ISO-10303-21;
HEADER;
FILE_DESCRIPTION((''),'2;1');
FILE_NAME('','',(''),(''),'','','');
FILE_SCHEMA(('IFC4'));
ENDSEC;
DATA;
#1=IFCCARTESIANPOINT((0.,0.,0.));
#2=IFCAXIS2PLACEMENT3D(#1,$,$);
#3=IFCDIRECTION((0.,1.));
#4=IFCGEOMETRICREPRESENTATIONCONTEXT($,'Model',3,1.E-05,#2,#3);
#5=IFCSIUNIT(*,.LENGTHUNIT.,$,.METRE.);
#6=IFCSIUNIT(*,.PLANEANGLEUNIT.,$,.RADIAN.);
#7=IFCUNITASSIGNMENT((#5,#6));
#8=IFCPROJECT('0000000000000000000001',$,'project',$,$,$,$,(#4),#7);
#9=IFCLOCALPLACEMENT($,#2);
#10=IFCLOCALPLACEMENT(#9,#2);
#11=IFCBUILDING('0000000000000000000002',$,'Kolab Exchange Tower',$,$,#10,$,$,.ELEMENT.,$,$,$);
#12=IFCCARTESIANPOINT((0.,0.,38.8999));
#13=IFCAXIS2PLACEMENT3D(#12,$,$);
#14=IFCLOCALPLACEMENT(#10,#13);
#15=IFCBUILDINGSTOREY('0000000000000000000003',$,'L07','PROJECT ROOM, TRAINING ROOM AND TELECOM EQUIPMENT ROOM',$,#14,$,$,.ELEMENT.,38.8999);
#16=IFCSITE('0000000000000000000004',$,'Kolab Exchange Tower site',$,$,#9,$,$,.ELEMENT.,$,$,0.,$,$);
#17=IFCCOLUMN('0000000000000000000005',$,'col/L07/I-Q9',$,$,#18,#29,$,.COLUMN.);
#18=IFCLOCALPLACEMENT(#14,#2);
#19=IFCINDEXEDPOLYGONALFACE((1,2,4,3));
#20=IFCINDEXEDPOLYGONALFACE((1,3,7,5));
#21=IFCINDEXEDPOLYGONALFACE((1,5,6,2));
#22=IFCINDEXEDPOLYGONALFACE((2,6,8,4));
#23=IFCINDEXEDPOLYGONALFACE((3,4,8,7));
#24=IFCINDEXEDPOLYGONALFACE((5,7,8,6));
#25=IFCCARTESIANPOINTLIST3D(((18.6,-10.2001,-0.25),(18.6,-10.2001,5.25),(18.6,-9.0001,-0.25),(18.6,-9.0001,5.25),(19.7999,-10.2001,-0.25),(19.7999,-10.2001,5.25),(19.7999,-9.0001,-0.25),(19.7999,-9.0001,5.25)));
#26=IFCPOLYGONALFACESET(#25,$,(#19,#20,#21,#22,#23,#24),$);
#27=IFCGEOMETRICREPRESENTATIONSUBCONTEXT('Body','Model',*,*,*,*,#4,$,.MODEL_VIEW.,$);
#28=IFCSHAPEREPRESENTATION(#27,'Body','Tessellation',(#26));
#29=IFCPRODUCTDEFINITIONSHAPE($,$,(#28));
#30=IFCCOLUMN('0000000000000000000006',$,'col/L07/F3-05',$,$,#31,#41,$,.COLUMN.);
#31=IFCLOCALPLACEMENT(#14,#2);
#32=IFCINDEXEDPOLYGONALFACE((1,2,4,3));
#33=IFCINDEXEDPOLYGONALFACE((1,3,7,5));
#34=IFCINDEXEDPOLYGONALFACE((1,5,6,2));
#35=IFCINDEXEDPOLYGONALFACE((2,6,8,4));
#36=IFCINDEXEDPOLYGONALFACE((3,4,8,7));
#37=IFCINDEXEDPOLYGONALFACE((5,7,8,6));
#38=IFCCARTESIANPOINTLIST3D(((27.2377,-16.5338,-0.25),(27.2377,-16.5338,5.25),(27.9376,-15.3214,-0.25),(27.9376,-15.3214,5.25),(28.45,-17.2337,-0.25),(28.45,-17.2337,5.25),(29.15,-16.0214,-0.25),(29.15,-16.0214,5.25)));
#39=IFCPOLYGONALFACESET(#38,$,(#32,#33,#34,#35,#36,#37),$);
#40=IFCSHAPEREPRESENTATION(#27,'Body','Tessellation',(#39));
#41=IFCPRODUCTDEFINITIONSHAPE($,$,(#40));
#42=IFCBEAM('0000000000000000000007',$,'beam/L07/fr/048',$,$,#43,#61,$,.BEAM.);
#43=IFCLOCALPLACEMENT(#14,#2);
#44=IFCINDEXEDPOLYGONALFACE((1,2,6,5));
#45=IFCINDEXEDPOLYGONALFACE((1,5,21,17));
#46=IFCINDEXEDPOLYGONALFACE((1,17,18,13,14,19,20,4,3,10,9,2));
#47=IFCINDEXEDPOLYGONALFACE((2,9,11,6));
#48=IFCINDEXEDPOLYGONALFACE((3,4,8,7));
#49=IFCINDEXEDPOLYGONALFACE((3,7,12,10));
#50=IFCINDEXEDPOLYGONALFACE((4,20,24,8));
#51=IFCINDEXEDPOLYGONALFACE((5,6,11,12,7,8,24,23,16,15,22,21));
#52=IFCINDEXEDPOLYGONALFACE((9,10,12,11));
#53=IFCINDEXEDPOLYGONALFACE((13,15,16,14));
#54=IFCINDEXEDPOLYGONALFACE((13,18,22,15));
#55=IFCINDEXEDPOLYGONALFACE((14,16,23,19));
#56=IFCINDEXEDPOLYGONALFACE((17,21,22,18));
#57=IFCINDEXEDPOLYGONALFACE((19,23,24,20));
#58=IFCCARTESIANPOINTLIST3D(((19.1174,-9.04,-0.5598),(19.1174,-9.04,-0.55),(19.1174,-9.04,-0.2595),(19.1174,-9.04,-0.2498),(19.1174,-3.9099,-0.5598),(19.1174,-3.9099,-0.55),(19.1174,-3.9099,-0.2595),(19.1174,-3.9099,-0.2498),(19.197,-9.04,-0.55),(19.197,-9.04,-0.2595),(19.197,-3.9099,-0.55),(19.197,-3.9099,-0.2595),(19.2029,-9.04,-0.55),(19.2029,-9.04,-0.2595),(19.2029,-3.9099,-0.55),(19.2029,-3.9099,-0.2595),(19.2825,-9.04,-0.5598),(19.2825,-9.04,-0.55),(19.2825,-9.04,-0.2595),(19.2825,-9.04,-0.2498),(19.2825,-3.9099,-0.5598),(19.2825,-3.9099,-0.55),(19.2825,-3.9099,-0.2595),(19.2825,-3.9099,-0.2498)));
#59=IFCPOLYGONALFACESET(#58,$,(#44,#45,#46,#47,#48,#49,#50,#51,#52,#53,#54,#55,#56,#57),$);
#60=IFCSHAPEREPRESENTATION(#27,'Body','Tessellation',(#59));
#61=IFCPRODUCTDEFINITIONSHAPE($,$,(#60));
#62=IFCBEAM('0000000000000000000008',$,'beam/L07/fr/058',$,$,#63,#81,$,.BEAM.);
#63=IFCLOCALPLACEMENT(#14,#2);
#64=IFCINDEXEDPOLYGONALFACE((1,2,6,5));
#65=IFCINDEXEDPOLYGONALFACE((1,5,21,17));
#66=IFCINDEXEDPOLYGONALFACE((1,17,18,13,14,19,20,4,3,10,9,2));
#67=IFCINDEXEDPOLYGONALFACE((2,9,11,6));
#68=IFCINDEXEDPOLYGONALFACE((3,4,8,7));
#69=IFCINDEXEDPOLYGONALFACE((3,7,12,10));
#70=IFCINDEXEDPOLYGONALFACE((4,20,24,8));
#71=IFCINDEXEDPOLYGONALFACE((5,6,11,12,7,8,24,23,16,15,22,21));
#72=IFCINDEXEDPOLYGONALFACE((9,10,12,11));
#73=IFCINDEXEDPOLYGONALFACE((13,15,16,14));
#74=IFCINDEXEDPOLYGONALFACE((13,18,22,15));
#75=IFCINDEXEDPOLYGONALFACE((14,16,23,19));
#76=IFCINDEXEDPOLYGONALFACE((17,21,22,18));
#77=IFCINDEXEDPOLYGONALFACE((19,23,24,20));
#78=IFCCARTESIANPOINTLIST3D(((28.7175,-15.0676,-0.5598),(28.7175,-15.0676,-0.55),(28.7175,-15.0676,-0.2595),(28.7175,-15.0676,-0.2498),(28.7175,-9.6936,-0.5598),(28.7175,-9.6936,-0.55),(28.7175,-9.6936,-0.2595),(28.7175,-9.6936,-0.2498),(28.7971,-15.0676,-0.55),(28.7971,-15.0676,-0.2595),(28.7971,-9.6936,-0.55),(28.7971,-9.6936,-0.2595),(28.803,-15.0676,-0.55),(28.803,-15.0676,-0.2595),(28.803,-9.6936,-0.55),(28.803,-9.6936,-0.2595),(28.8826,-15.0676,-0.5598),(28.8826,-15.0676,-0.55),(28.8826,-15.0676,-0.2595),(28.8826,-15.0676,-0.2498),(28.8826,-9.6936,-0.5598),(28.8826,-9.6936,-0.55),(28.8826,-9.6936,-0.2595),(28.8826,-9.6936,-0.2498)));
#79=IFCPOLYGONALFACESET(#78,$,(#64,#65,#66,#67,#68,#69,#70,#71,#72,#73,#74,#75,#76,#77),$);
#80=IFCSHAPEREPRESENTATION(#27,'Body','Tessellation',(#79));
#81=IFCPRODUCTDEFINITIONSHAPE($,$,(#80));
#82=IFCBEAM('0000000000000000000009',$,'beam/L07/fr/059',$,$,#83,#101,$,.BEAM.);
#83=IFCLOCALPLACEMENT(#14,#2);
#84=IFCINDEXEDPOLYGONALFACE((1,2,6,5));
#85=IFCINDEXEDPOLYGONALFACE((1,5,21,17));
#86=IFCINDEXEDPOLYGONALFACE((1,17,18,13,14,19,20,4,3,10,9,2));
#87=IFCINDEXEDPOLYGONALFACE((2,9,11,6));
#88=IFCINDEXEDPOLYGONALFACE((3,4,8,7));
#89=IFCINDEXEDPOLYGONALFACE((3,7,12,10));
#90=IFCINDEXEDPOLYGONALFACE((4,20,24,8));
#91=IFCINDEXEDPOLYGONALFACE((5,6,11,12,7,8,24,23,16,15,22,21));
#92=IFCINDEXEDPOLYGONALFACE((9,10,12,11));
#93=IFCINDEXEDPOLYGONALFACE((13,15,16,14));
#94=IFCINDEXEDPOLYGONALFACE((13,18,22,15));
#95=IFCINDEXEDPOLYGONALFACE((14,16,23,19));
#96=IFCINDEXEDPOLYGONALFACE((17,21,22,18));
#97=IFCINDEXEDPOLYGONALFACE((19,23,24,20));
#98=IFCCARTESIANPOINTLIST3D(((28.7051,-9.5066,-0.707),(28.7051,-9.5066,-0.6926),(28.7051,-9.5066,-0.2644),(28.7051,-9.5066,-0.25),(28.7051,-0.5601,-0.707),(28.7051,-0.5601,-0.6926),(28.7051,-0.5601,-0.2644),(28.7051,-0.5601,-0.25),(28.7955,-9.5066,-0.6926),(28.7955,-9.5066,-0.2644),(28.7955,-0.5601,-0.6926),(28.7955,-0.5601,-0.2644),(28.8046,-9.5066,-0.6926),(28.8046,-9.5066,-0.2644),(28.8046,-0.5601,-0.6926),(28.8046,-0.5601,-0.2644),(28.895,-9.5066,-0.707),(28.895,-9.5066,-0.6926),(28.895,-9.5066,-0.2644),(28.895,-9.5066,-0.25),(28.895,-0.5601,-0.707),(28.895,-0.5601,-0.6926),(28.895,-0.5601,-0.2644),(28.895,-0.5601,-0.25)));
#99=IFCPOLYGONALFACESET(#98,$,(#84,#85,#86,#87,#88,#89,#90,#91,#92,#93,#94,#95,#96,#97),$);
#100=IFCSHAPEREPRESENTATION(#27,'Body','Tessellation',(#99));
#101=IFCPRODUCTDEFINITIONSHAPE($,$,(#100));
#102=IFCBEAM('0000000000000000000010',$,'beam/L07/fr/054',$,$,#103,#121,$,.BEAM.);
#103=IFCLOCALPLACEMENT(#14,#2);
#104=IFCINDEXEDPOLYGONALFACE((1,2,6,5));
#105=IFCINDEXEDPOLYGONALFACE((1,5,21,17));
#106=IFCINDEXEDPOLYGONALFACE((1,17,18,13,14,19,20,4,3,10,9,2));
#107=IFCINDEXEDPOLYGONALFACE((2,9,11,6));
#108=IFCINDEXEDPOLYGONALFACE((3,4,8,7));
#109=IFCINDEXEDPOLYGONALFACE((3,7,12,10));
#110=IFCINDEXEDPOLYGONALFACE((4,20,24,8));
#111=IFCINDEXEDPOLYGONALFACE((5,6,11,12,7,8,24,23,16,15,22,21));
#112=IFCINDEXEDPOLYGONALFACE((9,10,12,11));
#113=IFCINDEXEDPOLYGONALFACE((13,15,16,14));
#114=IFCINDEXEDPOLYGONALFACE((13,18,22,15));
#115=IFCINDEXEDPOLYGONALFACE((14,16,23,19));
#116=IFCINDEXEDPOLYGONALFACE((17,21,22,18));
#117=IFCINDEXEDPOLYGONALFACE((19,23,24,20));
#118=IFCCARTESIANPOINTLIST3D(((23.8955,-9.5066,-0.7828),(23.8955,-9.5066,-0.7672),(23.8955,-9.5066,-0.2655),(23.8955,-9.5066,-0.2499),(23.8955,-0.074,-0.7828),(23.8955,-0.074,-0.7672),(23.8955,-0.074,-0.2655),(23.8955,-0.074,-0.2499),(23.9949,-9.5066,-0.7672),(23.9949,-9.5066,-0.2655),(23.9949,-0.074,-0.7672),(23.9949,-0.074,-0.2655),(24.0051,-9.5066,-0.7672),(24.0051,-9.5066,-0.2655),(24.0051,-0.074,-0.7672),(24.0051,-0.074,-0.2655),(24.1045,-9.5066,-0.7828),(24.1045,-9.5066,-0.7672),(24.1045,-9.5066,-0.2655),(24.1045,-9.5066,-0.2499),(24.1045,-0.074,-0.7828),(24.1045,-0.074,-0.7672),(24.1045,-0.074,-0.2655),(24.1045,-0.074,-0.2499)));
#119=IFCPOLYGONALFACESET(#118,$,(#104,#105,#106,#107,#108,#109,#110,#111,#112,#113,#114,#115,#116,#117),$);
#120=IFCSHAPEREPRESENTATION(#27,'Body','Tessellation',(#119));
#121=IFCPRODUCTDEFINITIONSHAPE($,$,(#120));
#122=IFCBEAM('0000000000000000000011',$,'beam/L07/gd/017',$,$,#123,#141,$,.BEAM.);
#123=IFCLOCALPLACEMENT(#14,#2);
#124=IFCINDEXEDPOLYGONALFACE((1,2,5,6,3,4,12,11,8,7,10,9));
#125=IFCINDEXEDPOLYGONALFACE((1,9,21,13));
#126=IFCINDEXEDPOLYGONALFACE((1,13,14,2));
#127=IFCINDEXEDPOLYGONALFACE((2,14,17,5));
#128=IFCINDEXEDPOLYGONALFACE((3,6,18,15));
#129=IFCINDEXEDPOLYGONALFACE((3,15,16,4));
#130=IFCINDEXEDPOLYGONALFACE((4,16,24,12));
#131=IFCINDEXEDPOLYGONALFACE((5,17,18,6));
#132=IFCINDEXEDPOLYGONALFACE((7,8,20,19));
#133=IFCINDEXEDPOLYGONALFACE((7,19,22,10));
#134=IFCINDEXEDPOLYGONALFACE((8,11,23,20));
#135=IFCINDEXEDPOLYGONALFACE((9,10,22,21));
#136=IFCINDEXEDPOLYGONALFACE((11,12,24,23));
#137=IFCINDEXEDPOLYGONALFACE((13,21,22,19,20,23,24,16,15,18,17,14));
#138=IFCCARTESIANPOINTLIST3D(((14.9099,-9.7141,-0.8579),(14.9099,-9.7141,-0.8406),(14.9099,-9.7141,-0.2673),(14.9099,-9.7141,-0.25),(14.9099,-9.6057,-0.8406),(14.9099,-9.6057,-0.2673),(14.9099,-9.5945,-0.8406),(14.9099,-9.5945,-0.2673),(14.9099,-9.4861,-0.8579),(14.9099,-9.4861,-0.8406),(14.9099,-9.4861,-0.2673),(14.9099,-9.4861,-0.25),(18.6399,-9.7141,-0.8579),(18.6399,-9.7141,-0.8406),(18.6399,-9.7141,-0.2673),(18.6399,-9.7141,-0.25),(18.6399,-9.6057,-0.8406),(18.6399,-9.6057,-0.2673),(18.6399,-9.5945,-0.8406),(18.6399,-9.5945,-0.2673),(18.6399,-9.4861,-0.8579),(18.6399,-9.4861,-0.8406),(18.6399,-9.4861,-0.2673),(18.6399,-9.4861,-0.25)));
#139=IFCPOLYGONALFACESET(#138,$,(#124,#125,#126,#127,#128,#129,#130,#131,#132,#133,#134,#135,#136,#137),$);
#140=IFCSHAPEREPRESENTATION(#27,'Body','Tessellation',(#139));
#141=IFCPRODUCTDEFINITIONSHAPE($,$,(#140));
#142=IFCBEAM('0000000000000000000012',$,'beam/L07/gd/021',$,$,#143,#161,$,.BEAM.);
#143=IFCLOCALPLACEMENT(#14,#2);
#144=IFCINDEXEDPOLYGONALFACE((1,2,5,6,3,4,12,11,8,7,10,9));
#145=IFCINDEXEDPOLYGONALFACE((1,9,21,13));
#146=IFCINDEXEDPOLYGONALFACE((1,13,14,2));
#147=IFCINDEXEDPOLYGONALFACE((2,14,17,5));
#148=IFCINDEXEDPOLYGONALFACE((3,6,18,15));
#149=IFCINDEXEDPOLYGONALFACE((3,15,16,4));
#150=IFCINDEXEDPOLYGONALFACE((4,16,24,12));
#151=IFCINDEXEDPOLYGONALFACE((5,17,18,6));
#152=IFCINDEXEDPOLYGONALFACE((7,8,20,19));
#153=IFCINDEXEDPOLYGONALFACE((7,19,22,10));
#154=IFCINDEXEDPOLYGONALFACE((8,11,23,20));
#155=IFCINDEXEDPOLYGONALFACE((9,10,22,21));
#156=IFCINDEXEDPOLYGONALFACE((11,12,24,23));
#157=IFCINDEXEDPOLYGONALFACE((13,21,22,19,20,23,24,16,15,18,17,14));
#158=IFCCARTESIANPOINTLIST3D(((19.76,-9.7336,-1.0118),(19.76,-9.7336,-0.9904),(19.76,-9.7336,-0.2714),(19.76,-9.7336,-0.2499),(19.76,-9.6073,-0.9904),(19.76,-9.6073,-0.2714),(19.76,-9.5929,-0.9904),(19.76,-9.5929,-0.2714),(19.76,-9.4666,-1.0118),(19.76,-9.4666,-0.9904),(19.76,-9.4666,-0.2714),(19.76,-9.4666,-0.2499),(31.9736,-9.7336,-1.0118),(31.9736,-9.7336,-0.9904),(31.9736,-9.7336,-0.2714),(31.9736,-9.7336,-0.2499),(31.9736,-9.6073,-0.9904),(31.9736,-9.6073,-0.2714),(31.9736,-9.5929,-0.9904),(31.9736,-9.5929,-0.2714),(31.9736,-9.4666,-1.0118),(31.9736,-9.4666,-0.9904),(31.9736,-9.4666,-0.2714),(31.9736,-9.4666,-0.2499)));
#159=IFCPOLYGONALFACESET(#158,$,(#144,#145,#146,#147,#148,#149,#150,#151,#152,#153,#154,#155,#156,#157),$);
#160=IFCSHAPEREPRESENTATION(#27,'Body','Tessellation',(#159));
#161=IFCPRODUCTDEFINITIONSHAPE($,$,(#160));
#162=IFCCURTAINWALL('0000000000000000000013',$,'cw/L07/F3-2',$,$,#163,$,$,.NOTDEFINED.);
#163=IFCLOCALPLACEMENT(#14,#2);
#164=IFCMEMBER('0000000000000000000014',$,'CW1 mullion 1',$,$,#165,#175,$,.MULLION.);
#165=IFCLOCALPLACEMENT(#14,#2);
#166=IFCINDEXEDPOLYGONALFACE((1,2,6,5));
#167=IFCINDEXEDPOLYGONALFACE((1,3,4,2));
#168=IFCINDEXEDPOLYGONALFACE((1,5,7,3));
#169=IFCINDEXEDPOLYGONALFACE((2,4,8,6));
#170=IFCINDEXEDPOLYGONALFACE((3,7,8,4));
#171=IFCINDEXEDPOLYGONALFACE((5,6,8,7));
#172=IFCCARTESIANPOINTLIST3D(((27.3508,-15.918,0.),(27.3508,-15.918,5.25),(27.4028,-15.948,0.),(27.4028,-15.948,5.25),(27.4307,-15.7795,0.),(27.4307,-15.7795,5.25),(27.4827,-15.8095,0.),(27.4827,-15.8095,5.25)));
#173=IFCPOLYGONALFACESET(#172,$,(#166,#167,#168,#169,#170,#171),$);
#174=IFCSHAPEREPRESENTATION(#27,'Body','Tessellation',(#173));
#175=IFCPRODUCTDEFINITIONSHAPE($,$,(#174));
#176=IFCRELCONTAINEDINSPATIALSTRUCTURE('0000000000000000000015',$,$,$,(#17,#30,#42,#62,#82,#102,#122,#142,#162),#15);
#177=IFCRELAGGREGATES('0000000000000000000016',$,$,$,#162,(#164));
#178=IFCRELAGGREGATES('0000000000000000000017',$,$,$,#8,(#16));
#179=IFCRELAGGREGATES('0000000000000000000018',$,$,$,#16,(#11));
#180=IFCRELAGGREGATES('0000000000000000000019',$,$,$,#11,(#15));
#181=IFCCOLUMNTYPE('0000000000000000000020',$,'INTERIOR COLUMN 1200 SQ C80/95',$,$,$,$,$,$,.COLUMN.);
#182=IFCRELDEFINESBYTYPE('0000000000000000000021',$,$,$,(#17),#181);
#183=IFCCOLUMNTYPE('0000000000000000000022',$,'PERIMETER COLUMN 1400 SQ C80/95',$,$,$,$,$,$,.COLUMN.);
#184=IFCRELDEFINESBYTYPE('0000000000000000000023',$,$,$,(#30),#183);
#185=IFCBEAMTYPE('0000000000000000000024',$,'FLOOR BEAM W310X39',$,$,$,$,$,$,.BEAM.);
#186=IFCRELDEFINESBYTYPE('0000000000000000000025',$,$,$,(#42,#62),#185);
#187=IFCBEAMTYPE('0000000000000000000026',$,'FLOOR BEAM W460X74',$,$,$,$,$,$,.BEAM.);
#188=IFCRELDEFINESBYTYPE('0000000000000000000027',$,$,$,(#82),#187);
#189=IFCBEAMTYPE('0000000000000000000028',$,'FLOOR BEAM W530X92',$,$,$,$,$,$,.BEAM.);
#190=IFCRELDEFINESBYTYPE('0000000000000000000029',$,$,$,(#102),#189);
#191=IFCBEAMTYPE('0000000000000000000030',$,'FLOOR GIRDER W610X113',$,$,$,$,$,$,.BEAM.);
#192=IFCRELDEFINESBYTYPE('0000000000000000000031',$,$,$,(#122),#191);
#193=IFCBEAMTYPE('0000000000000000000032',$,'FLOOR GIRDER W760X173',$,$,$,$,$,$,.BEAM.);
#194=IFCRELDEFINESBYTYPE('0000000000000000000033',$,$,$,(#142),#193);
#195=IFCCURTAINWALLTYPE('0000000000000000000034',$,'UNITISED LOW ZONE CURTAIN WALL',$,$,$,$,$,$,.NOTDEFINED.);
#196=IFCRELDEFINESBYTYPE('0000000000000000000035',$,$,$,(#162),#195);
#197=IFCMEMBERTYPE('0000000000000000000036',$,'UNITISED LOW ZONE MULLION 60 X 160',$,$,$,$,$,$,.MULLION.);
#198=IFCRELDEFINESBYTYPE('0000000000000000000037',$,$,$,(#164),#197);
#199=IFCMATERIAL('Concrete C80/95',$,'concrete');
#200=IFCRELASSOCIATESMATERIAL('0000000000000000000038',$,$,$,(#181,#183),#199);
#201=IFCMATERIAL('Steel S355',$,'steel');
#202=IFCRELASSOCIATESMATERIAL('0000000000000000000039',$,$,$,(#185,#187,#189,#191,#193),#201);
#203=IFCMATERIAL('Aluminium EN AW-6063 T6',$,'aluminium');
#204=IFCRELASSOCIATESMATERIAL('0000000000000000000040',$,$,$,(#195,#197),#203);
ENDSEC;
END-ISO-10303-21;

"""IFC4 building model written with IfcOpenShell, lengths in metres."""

from ifc_helpers import new_model, si_unit, direction, frame, origin, origin_2d, place, context, subcontext, project, spatial, rectangle, i_section, extrude, material, material_profile, profile_set, type_object, element, aggregate, save


model = new_model("IFC4")

# Units and contexts
model_context = context("Model", 3, precision=1e-05, world=origin(), true_north=direction((0.0, 1.0)))
body_context = subcontext(model_context, "Body", "Model", "MODEL_VIEW")
ifc_project = project(units=[si_unit("LENGTHUNIT", "METRE"), si_unit("PLANEANGLEUNIT", "RADIAN")], contexts=[model_context])

# Site, building, storey
site_placement = place(None, origin())
site = spatial("IfcSite", under=ifc_project, at=site_placement, Name="Kolab Exchange Tower site", CompositionType="ELEMENT", RefElevation=0.0)
building_placement = place(site_placement, origin())
building = spatial("IfcBuilding", under=site, at=building_placement, Name="Kolab Exchange Tower", CompositionType="ELEMENT")
storey_placement = place(building_placement, frame((0.0, 0.0, 38.8999)))
storey = spatial("IfcBuildingStorey", under=building, at=storey_placement, Name="L07", Description="PROJECT ROOM, TRAINING ROOM AND TELECOM EQUIPMENT ROOM", CompositionType="ELEMENT", Elevation=38.8999)

# Columns
ifc_material_1 = material(Name="Concrete C80/95", Category="concrete")
ifc_material_profile_1 = material_profile(ifc_material_1, rectangle(XDim=1.2, YDim=1.2, at=origin_2d()), Name="RC1200")
ifc_profile_set_1 = profile_set([ifc_material_profile_1], Name="Concrete C80/95")
column_type_1 = type_object("IfcColumnType", Name="INTERIOR COLUMN 1200 SQ C80/95", PredefinedType="COLUMN", material=ifc_profile_set_1)
column_1_placement = place(storey_placement, frame((19.2, -9.6001, -0.25), z_axis=(0.0, 0.0, 1.0), x_axis=(1.0, 0.0, 0.0)))
element("IfcColumn", 1, at=column_1_placement, inside=storey, type_object=column_type_1, Name="col/L07/I-Q9", PredefinedType="COLUMN", context=body_context, shape_type="SweptSolid", body=[
    extrude(rectangle(XDim=1.2, YDim=1.2, at=origin_2d()), origin(), (0.0, 0.0, 1.0), 5.5),
])
ifc_material_profile_2 = material_profile(ifc_material_1, rectangle(XDim=1.3999, YDim=1.3999, at=origin_2d()), Name="RC1400")
ifc_profile_set_2 = profile_set([ifc_material_profile_2], Name="Concrete C80/95")
column_type_2 = type_object("IfcColumnType", Name="PERIMETER COLUMN 1400 SQ C80/95", PredefinedType="COLUMN", material=ifc_profile_set_2)
column_2_placement = place(storey_placement, frame((28.1938, -16.2776, -0.25), z_axis=(0.0, 0.0, 1.0), x_axis=(0.5, 0.866025, 0.0)))
element("IfcColumn", 2, at=column_2_placement, inside=storey, type_object=column_type_2, Name="col/L07/F3-05", PredefinedType="COLUMN", context=body_context, shape_type="SweptSolid", body=[
    extrude(rectangle(XDim=1.3999, YDim=1.3999, at=origin_2d()), origin(), (0.0, 0.0, 1.0), 5.5),
])

# Beams
ifc_material_2 = material(Name="Steel S355", Category="steel")
ifc_material_profile_3 = material_profile(ifc_material_2, i_section(OverallWidth=0.165, OverallDepth=0.3101, WebThickness=0.0059, FlangeThickness=0.0098, at=origin_2d()), Name="W310X39")
ifc_profile_set_3 = profile_set([ifc_material_profile_3], Name="Steel S355")
beam_type_1 = type_object("IfcBeamType", Name="FLOOR BEAM W310X39", PredefinedType="BEAM", material=ifc_profile_set_3)
beam_1_placement = place(storey_placement, frame((19.2, -9.04, -0.4048), z_axis=(0.0, 1.0, 0.0), x_axis=(-1.0, 0.0, 0.0)))
element("IfcBeam", 3, at=beam_1_placement, inside=storey, type_object=beam_type_1, Name="beam/L07/fr/048", PredefinedType="BEAM", context=body_context, shape_type="SweptSolid", body=[
    extrude(i_section(OverallWidth=0.165, OverallDepth=0.3101, WebThickness=0.0059, FlangeThickness=0.0098, at=origin_2d()), origin(), (0.0, 0.0, 1.0), 5.1301),
])
beam_2_placement = place(storey_placement, frame((28.8, -15.0676, -0.4048), z_axis=(0.0, 1.0, 0.0), x_axis=(-1.0, 0.0, 0.0)))
element("IfcBeam", 4, at=beam_2_placement, inside=storey, type_object=beam_type_1, Name="beam/L07/fr/058", PredefinedType="BEAM", context=body_context, shape_type="SweptSolid", body=[
    extrude(i_section(OverallWidth=0.165, OverallDepth=0.3101, WebThickness=0.0059, FlangeThickness=0.0098, at=origin_2d()), origin(), (0.0, 0.0, 1.0), 5.374),
])
ifc_material_profile_4 = material_profile(ifc_material_2, i_section(OverallWidth=0.1899, OverallDepth=0.457, WebThickness=0.009, FlangeThickness=0.0144, at=origin_2d()), Name="W460X74")
ifc_profile_set_4 = profile_set([ifc_material_profile_4], Name="Steel S355")
beam_type_2 = type_object("IfcBeamType", Name="FLOOR BEAM W460X74", PredefinedType="BEAM", material=ifc_profile_set_4)
beam_3_placement = place(storey_placement, frame((28.8, -9.5066, -0.4785), z_axis=(0.0, 1.0, 0.0), x_axis=(-1.0, 0.0, 0.0)))
element("IfcBeam", 5, at=beam_3_placement, inside=storey, type_object=beam_type_2, Name="beam/L07/fr/059", PredefinedType="BEAM", context=body_context, shape_type="SweptSolid", body=[
    extrude(i_section(OverallWidth=0.1899, OverallDepth=0.457, WebThickness=0.009, FlangeThickness=0.0144, at=origin_2d()), origin(), (0.0, 0.0, 1.0), 8.9465),
])
ifc_material_profile_5 = material_profile(ifc_material_2, i_section(OverallWidth=0.209, OverallDepth=0.533, WebThickness=0.0103, FlangeThickness=0.0156, at=origin_2d()), Name="W530X92")
ifc_profile_set_5 = profile_set([ifc_material_profile_5], Name="Steel S355")
beam_type_3 = type_object("IfcBeamType", Name="FLOOR BEAM W530X92", PredefinedType="BEAM", material=ifc_profile_set_5)
beam_4_placement = place(storey_placement, frame((24.0, -9.5066, -0.5164), z_axis=(0.0, 1.0, 0.0), x_axis=(-1.0, 0.0, 0.0)))
element("IfcBeam", 6, at=beam_4_placement, inside=storey, type_object=beam_type_3, Name="beam/L07/fr/054", PredefinedType="BEAM", context=body_context, shape_type="SweptSolid", body=[
    extrude(i_section(OverallWidth=0.209, OverallDepth=0.533, WebThickness=0.0103, FlangeThickness=0.0156, at=origin_2d()), origin(), (0.0, 0.0, 1.0), 9.4326),
])
ifc_material_profile_6 = material_profile(ifc_material_2, i_section(OverallWidth=0.228, OverallDepth=0.6079, WebThickness=0.0112, FlangeThickness=0.0173, at=origin_2d()), Name="W610X113")
ifc_profile_set_6 = profile_set([ifc_material_profile_6], Name="Steel S355")
beam_type_4 = type_object("IfcBeamType", Name="FLOOR GIRDER W610X113", PredefinedType="BEAM", material=ifc_profile_set_6)
beam_5_placement = place(storey_placement, frame((14.9099, -9.6001, -0.554), z_axis=(1.0, 0.0, 0.0), x_axis=(0.0, 1.0, 0.0)))
element("IfcBeam", 7, at=beam_5_placement, inside=storey, type_object=beam_type_4, Name="beam/L07/gd/017", PredefinedType="BEAM", context=body_context, shape_type="SweptSolid", body=[
    extrude(i_section(OverallWidth=0.228, OverallDepth=0.6079, WebThickness=0.0112, FlangeThickness=0.0173, at=origin_2d()), origin(), (0.0, 0.0, 1.0), 3.73),
])
ifc_material_profile_7 = material_profile(ifc_material_2, i_section(OverallWidth=0.2671, OverallDepth=0.762, WebThickness=0.0144, FlangeThickness=0.0215, at=origin_2d()), Name="W760X173")
ifc_profile_set_7 = profile_set([ifc_material_profile_7], Name="Steel S355")
beam_type_5 = type_object("IfcBeamType", Name="FLOOR GIRDER W760X173", PredefinedType="BEAM", material=ifc_profile_set_7)
beam_6_placement = place(storey_placement, frame((19.76, -9.6001, -0.6309), z_axis=(1.0, 0.0, 0.0), x_axis=(0.0, 1.0, 0.0)))
element("IfcBeam", 8, at=beam_6_placement, inside=storey, type_object=beam_type_5, Name="beam/L07/gd/021", PredefinedType="BEAM", context=body_context, shape_type="SweptSolid", body=[
    extrude(i_section(OverallWidth=0.2671, OverallDepth=0.762, WebThickness=0.0144, FlangeThickness=0.0215, at=origin_2d()), origin(), (0.0, 0.0, 1.0), 12.2136),
])

# Curtain wall, member
ifc_material_3 = material(Name="Aluminium EN AW-6063 T6", Category="aluminium")
curtain_wall_type = type_object("IfcCurtainWallType", Name="UNITISED LOW ZONE CURTAIN WALL", PredefinedType="NOTDEFINED", material=ifc_material_3)
curtain_wall_placement = place(storey_placement, origin())
curtain_wall = element("IfcCurtainWall", 9, at=curtain_wall_placement, inside=storey, type_object=curtain_wall_type, Name="cw/L07/F3-2", PredefinedType="NOTDEFINED")
ifc_material_profile_8 = material_profile(ifc_material_3, rectangle(XDim=0.0601, YDim=0.1599, at=origin_2d()), Name="RECT 60X160")
ifc_profile_set_8 = profile_set([ifc_material_profile_8], Name="Aluminium EN AW-6063 T6")
member_type_1 = type_object("IfcMemberType", Name="UNITISED LOW ZONE MULLION 60 X 160", PredefinedType="MULLION", material=ifc_profile_set_8)
member_1_placement = place(storey_placement, frame((27.4167, -15.8638, 0.0), z_axis=(0.0, 0.0, 1.0), x_axis=(0.866025, -0.5, 0.0)))
member_1 = element("IfcMember", 10, at=member_1_placement, type_object=member_type_1, Name="CW1 mullion 1", PredefinedType="MULLION", context=body_context, shape_type="SweptSolid", body=[
    extrude(rectangle(XDim=0.0601, YDim=0.1599, at=origin_2d()), origin(), (0.0, 0.0, 1.0), 5.25),
])
aggregate(curtain_wall, [member_1])

save(model, "model.ifc")
